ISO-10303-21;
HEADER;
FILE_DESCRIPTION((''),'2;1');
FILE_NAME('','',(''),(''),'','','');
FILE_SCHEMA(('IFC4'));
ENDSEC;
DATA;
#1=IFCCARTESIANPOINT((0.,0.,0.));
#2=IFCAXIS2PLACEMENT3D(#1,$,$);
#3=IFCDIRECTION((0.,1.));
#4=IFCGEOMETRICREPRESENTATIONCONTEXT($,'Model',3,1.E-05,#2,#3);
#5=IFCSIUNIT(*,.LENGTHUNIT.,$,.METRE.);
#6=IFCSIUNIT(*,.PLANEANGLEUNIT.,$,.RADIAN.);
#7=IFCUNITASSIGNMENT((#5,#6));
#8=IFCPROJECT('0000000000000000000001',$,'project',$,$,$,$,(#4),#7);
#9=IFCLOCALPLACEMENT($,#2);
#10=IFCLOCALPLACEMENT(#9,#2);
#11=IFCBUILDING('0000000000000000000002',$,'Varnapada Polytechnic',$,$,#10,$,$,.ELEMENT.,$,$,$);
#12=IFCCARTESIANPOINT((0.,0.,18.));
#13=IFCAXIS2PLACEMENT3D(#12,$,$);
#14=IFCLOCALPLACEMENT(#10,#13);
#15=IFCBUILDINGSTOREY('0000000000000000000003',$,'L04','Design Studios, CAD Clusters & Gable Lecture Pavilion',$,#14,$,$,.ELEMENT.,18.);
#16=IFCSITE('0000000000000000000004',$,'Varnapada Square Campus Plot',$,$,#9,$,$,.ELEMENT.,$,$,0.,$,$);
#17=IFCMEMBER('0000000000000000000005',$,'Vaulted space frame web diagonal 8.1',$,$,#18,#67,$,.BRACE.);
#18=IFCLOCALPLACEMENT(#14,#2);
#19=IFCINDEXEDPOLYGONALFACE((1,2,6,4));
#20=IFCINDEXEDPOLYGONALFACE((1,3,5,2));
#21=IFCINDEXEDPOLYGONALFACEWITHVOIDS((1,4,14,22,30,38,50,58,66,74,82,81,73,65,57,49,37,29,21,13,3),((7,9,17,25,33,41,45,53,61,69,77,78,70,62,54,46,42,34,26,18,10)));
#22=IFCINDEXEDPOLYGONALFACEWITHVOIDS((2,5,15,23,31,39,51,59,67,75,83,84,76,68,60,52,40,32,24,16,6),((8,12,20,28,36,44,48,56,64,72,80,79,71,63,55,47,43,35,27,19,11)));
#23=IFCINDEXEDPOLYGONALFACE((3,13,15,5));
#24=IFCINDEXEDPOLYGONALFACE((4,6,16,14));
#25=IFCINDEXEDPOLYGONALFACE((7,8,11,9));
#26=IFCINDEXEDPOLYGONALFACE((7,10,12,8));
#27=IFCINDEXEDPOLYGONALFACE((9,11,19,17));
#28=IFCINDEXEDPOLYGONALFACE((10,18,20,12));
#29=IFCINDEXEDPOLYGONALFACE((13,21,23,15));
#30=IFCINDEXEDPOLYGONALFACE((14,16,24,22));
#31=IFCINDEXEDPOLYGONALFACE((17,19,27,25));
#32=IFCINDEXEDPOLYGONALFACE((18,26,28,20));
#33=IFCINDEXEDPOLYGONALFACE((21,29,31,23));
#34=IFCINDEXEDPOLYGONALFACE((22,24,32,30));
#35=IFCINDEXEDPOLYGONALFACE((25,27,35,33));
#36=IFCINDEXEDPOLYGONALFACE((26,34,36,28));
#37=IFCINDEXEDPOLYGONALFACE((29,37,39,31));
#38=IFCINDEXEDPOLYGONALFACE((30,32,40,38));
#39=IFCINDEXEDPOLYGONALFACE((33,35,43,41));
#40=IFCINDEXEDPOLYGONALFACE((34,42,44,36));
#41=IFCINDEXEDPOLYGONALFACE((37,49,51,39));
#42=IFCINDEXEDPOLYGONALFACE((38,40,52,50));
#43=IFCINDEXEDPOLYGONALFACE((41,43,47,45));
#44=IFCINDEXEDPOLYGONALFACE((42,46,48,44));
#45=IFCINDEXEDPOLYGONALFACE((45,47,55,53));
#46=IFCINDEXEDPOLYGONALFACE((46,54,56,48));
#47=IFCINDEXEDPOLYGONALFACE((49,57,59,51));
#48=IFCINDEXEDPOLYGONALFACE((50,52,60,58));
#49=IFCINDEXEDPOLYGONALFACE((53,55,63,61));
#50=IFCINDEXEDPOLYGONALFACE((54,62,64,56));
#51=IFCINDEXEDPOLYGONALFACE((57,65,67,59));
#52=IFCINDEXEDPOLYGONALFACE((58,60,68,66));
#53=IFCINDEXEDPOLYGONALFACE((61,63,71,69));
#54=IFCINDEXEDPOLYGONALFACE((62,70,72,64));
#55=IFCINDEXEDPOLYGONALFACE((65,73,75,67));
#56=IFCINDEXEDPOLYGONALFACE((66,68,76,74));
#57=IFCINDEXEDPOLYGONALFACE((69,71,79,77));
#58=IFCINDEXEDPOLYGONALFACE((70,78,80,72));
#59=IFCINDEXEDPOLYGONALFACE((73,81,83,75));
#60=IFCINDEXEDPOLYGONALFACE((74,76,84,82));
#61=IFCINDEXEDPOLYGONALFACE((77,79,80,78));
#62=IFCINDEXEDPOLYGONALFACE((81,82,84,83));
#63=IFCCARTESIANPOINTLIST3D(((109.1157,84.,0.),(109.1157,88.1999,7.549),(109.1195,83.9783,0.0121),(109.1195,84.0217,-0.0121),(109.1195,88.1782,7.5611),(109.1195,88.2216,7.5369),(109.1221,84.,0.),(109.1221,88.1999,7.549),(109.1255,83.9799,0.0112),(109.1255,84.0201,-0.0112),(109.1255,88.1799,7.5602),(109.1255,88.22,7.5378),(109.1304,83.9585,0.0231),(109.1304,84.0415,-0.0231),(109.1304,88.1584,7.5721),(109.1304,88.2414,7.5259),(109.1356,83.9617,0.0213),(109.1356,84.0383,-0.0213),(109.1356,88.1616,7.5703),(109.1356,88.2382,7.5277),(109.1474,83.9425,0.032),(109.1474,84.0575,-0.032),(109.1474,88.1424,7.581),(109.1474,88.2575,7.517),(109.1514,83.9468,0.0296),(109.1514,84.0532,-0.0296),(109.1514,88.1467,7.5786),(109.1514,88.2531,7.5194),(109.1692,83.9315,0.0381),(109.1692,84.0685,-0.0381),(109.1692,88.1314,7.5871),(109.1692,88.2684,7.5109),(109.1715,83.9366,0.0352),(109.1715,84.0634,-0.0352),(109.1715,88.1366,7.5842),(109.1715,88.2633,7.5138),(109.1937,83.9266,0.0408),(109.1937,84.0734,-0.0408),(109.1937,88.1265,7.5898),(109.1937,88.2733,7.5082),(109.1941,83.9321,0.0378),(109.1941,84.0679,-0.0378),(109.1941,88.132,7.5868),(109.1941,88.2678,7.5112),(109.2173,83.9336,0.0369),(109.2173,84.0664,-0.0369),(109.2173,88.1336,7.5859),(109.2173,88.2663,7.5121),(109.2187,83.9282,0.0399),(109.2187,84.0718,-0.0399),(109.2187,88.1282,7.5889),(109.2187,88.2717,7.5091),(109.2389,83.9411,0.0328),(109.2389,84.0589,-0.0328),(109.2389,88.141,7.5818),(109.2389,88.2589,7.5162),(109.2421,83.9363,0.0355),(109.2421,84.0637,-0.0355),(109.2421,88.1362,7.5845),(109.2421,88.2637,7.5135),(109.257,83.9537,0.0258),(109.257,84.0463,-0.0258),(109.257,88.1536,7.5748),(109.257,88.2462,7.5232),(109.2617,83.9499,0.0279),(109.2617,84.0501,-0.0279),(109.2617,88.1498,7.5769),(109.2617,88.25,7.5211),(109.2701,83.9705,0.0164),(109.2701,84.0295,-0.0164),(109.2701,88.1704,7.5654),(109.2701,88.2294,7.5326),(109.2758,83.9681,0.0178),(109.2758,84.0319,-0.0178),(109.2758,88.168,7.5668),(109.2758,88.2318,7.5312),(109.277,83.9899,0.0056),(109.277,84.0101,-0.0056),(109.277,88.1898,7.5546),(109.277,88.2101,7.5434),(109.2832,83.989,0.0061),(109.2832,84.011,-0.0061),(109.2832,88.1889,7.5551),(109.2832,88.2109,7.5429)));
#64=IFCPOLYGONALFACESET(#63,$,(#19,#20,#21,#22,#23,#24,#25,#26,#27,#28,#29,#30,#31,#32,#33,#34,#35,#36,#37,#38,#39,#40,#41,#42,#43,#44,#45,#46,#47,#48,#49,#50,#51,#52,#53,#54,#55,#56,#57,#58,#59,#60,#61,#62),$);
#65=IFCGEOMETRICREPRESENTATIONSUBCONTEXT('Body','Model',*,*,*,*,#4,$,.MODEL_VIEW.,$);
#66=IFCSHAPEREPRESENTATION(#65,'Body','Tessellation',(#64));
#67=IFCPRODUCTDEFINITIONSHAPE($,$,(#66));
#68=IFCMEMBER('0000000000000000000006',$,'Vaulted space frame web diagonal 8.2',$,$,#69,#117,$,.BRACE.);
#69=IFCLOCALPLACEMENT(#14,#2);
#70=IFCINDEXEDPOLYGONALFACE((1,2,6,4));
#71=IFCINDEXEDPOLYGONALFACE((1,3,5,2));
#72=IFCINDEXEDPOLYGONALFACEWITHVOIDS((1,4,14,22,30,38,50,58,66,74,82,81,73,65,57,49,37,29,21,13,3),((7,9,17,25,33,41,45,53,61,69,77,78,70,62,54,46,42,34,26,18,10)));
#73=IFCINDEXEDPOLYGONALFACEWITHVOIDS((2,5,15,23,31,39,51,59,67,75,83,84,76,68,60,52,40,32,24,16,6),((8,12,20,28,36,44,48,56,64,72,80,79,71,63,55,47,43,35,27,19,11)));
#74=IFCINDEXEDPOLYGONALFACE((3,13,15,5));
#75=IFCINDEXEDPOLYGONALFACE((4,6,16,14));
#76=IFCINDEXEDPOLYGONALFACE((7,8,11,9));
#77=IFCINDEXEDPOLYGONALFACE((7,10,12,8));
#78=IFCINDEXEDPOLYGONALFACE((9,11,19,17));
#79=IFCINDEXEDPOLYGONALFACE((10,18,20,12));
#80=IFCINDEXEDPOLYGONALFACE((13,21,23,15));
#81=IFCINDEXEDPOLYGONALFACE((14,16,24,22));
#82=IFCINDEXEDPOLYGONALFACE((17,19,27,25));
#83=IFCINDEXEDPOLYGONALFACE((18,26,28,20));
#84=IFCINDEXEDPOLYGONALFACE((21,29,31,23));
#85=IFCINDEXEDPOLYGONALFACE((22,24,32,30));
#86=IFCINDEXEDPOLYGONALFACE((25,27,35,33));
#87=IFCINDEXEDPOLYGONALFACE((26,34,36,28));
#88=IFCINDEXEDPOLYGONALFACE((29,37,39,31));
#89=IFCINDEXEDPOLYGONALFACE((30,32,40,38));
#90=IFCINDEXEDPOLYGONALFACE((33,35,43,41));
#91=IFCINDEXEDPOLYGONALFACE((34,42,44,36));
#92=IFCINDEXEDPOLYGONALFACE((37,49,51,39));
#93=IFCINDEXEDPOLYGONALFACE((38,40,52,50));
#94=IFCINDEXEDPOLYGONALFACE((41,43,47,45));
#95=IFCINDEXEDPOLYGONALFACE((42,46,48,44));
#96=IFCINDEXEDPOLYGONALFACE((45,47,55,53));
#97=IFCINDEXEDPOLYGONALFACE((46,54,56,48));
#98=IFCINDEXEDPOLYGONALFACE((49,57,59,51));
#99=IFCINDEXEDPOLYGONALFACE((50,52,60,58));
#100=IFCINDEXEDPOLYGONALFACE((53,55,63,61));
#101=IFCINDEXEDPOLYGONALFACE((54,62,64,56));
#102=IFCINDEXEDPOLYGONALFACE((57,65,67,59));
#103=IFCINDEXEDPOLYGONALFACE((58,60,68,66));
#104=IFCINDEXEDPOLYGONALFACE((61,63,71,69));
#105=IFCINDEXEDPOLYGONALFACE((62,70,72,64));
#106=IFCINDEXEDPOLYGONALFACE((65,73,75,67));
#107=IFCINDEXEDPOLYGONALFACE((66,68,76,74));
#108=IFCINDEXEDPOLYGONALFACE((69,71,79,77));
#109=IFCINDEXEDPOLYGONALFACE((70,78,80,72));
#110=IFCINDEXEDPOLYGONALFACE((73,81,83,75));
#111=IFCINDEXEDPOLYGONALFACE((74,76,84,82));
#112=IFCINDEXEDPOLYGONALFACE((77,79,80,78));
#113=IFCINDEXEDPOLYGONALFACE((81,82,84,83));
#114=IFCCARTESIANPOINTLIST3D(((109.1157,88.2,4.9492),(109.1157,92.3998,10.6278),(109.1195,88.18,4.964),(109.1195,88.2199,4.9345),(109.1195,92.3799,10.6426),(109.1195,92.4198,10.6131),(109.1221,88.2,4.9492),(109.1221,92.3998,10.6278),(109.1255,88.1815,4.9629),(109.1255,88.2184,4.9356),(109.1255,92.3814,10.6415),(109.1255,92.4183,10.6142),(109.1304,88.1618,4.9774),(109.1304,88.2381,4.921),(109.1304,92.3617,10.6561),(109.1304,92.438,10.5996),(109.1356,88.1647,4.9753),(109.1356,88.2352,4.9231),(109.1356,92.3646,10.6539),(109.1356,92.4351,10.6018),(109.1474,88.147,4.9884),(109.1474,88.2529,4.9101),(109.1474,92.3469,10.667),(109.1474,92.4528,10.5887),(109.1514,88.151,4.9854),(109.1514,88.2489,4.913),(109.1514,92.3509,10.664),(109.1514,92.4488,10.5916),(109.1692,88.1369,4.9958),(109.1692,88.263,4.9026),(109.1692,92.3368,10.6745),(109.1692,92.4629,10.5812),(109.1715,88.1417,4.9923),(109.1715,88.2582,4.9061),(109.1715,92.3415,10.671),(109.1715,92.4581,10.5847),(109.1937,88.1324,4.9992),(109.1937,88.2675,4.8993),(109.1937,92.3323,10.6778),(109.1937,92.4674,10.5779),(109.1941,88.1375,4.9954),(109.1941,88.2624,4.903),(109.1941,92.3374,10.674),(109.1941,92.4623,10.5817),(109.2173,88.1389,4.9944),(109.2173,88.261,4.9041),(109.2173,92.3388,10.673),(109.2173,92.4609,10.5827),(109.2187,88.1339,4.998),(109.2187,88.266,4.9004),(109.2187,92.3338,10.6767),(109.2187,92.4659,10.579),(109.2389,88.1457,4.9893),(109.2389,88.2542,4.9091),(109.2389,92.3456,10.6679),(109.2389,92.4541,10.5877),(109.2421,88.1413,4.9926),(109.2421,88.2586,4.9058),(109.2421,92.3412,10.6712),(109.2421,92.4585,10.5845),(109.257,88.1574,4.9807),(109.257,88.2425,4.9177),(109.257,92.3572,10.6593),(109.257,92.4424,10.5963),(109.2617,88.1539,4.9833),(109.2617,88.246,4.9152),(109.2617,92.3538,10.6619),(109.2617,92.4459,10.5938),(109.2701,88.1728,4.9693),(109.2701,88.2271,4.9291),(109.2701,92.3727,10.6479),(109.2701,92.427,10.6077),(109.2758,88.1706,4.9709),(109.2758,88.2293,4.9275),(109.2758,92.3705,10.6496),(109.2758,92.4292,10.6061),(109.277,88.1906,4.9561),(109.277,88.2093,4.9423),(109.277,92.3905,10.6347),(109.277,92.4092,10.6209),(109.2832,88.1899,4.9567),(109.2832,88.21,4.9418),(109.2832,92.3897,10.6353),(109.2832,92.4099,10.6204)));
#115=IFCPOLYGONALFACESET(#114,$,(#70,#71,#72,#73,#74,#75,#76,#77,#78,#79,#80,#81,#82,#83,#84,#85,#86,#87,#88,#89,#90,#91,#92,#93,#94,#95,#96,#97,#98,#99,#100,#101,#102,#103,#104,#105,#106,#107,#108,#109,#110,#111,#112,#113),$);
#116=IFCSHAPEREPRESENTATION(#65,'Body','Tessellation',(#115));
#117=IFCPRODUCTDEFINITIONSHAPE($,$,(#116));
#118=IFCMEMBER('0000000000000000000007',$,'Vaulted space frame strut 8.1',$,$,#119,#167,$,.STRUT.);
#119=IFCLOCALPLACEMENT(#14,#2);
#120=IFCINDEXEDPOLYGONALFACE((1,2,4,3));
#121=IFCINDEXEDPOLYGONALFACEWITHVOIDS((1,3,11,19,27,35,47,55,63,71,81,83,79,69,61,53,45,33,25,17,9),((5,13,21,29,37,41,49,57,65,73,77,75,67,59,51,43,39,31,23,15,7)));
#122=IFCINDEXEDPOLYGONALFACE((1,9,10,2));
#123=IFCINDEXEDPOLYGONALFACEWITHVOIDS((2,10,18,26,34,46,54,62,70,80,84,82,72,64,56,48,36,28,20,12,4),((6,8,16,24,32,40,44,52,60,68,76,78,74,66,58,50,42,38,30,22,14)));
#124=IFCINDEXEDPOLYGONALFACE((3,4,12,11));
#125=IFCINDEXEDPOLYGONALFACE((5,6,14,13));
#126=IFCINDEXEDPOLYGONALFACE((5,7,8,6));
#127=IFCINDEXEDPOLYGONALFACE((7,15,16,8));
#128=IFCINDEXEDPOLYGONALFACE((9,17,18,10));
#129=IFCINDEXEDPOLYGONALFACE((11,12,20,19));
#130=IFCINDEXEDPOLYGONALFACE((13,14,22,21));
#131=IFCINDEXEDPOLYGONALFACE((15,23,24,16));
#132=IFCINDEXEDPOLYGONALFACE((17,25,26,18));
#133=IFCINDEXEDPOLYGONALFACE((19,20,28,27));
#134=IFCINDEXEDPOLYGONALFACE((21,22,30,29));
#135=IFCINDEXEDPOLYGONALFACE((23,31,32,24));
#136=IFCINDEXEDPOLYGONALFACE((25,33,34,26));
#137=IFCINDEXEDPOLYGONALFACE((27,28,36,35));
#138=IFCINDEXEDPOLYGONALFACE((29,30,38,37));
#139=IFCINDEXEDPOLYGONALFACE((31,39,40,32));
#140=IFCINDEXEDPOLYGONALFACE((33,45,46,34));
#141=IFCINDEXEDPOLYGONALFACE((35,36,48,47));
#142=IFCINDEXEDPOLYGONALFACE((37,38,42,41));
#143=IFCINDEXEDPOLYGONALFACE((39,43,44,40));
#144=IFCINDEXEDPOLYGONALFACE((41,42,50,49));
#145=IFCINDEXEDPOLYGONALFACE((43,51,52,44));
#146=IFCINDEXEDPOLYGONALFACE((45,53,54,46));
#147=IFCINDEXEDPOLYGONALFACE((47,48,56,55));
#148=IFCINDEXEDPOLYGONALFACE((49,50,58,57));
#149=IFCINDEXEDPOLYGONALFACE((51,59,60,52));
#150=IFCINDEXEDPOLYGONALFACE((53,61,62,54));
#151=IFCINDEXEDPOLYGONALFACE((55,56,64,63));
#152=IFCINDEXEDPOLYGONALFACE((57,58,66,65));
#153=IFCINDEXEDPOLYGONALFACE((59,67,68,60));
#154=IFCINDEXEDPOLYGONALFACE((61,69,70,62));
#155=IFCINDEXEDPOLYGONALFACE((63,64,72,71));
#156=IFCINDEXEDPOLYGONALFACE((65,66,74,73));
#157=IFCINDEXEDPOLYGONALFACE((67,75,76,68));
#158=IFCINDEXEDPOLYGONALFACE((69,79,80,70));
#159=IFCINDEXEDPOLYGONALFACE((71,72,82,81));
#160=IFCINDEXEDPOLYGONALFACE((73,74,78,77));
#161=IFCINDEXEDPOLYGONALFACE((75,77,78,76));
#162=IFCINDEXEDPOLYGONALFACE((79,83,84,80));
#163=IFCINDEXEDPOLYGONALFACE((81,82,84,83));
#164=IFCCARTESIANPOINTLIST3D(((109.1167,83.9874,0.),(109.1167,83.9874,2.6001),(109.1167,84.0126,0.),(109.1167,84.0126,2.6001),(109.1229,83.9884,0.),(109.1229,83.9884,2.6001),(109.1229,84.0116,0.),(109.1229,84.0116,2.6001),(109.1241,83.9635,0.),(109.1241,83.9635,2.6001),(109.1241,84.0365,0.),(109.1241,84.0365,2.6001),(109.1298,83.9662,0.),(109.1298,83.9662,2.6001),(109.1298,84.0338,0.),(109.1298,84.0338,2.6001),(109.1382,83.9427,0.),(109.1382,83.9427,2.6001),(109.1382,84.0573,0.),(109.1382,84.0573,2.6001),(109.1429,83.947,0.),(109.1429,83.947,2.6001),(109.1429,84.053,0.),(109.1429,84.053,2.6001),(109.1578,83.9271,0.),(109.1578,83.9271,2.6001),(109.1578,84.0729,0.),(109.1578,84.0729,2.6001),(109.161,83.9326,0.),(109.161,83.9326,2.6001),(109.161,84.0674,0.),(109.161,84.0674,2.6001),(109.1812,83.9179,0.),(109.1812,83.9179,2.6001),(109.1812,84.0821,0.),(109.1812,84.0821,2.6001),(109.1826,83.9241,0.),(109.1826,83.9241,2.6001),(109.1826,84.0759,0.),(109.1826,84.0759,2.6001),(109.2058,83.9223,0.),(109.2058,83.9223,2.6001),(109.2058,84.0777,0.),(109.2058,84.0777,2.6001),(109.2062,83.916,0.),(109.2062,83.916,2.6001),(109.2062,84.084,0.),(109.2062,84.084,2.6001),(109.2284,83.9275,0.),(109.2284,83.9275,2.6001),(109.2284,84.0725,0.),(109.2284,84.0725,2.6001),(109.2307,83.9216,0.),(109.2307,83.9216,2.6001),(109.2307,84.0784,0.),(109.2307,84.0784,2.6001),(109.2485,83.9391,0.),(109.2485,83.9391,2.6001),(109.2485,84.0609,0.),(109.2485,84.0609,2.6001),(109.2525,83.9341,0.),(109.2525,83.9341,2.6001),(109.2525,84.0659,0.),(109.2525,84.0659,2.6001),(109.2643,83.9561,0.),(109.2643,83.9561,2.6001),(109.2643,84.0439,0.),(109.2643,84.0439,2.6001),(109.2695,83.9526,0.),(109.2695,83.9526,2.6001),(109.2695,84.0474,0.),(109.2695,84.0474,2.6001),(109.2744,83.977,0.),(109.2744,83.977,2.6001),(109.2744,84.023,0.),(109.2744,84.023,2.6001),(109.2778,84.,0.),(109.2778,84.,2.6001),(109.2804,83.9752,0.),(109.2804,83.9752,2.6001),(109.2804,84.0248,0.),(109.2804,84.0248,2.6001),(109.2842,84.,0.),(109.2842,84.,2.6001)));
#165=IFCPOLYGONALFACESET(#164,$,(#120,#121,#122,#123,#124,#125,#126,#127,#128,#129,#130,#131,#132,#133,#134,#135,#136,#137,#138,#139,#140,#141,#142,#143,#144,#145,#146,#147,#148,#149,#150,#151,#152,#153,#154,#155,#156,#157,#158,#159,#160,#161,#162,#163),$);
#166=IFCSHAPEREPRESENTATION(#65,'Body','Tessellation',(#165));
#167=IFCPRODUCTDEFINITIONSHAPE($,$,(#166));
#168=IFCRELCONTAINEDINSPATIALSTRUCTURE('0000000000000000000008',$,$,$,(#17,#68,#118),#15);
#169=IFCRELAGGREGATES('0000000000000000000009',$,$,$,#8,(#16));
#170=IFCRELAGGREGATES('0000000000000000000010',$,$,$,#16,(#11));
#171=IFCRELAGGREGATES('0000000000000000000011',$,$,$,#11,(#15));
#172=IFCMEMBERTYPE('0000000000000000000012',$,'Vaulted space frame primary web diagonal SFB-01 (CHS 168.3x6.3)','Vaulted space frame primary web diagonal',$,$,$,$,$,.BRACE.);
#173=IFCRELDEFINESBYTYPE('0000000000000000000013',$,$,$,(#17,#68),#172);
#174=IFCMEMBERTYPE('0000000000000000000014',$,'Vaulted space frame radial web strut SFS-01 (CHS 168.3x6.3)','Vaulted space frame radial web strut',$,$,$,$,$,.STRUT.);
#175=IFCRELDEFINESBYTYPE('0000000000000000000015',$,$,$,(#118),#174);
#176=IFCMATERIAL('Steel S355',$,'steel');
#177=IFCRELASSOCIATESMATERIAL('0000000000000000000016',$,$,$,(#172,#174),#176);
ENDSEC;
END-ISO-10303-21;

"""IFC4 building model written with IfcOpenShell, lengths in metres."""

from ifc_helpers import new_model, si_unit, direction, frame, origin, origin_2d, place, context, subcontext, project, spatial, hollow_circle, extrude, material, material_profile, profile_set, type_object, element, save


model = new_model("IFC4")

# Units and contexts
model_context = context("Model", 3, precision=1e-05, world=origin(), true_north=direction((0.0, 1.0)))
body_context = subcontext(model_context, "Body", "Model", "MODEL_VIEW")
ifc_project = project(units=[si_unit("LENGTHUNIT", "METRE"), si_unit("PLANEANGLEUNIT", "RADIAN")], contexts=[model_context])

# Site, building, storey
site_placement = place(None, origin())
site = spatial("IfcSite", under=ifc_project, at=site_placement, Name="Varnapada Square Campus Plot", CompositionType="ELEMENT", RefElevation=0.0)
building_placement = place(site_placement, origin())
building = spatial("IfcBuilding", under=site, at=building_placement, Name="Varnapada Polytechnic", CompositionType="ELEMENT")
storey_placement = place(building_placement, frame((0.0, 0.0, 18.0)))
storey = spatial("IfcBuildingStorey", under=building, at=storey_placement, Name="L04", Description="Design Studios, CAD Clusters & Gable Lecture Pavilion", CompositionType="ELEMENT", Elevation=18.0)

# Shared definitions
ifc_material = material(Name="Steel S355", Category="steel")

# Members
ifc_material_profile_1 = material_profile(ifc_material, hollow_circle(Radius=0.0842, WallThickness=0.0063, at=origin_2d()), Name="CHS 168.3x6.3")
ifc_profile_set_1 = profile_set([ifc_material_profile_1], Name="Steel S355")
member_type_1 = type_object("IfcMemberType", Name="Vaulted space frame primary web diagonal SFB-01 (CHS 168.3x6.3)", Description="Vaulted space frame primary web diagonal", PredefinedType="BRACE", material=ifc_profile_set_1)
member_1_placement = place(storey_placement, frame((109.2, 84.0, 0.0), z_axis=(0.0, 0.486176, 0.873861), x_axis=(-1.0, 0.0, 0.0)))
element("IfcMember", 1, at=member_1_placement, inside=storey, type_object=member_type_1, Name="Vaulted space frame web diagonal 8.1", PredefinedType="BRACE", context=body_context, shape_type="SweptSolid", body=[
    extrude(hollow_circle(Radius=0.0842, WallThickness=0.0063, at=origin_2d()), origin(), (0.0, 0.0, 1.0), 8.6387),
])
member_2_placement = place(storey_placement, frame((109.2, 88.2, 4.9492), z_axis=(0.0, 0.594633, 0.803997), x_axis=(-1.0, 0.0, 0.0)))
element("IfcMember", 2, at=member_2_placement, inside=storey, type_object=member_type_1, Name="Vaulted space frame web diagonal 8.2", PredefinedType="BRACE", context=body_context, shape_type="SweptSolid", body=[
    extrude(hollow_circle(Radius=0.0842, WallThickness=0.0063, at=origin_2d()), origin(), (0.0, 0.0, 1.0), 7.063),
])
ifc_material_profile_2 = material_profile(ifc_material, hollow_circle(Radius=0.0842, WallThickness=0.0063, at=origin_2d()), Name="CHS 168.3x6.3")
ifc_profile_set_2 = profile_set([ifc_material_profile_2], Name="Steel S355")
member_type_2 = type_object("IfcMemberType", Name="Vaulted space frame radial web strut SFS-01 (CHS 168.3x6.3)", Description="Vaulted space frame radial web strut", PredefinedType="STRUT", material=ifc_profile_set_2)
member_3_placement = place(storey_placement, frame((109.2, 84.0, 0.0), z_axis=(0.0, 0.0, 1.0), x_axis=(1.0, 0.0, 0.0)))
element("IfcMember", 3, at=member_3_placement, inside=storey, type_object=member_type_2, Name="Vaulted space frame strut 8.1", PredefinedType="STRUT", context=body_context, shape_type="SweptSolid", body=[
    extrude(hollow_circle(Radius=0.0842, WallThickness=0.0063, at=origin_2d()), origin(), (0.0, 0.0, 1.0), 2.6001),
])

save(model, "model.ifc")
